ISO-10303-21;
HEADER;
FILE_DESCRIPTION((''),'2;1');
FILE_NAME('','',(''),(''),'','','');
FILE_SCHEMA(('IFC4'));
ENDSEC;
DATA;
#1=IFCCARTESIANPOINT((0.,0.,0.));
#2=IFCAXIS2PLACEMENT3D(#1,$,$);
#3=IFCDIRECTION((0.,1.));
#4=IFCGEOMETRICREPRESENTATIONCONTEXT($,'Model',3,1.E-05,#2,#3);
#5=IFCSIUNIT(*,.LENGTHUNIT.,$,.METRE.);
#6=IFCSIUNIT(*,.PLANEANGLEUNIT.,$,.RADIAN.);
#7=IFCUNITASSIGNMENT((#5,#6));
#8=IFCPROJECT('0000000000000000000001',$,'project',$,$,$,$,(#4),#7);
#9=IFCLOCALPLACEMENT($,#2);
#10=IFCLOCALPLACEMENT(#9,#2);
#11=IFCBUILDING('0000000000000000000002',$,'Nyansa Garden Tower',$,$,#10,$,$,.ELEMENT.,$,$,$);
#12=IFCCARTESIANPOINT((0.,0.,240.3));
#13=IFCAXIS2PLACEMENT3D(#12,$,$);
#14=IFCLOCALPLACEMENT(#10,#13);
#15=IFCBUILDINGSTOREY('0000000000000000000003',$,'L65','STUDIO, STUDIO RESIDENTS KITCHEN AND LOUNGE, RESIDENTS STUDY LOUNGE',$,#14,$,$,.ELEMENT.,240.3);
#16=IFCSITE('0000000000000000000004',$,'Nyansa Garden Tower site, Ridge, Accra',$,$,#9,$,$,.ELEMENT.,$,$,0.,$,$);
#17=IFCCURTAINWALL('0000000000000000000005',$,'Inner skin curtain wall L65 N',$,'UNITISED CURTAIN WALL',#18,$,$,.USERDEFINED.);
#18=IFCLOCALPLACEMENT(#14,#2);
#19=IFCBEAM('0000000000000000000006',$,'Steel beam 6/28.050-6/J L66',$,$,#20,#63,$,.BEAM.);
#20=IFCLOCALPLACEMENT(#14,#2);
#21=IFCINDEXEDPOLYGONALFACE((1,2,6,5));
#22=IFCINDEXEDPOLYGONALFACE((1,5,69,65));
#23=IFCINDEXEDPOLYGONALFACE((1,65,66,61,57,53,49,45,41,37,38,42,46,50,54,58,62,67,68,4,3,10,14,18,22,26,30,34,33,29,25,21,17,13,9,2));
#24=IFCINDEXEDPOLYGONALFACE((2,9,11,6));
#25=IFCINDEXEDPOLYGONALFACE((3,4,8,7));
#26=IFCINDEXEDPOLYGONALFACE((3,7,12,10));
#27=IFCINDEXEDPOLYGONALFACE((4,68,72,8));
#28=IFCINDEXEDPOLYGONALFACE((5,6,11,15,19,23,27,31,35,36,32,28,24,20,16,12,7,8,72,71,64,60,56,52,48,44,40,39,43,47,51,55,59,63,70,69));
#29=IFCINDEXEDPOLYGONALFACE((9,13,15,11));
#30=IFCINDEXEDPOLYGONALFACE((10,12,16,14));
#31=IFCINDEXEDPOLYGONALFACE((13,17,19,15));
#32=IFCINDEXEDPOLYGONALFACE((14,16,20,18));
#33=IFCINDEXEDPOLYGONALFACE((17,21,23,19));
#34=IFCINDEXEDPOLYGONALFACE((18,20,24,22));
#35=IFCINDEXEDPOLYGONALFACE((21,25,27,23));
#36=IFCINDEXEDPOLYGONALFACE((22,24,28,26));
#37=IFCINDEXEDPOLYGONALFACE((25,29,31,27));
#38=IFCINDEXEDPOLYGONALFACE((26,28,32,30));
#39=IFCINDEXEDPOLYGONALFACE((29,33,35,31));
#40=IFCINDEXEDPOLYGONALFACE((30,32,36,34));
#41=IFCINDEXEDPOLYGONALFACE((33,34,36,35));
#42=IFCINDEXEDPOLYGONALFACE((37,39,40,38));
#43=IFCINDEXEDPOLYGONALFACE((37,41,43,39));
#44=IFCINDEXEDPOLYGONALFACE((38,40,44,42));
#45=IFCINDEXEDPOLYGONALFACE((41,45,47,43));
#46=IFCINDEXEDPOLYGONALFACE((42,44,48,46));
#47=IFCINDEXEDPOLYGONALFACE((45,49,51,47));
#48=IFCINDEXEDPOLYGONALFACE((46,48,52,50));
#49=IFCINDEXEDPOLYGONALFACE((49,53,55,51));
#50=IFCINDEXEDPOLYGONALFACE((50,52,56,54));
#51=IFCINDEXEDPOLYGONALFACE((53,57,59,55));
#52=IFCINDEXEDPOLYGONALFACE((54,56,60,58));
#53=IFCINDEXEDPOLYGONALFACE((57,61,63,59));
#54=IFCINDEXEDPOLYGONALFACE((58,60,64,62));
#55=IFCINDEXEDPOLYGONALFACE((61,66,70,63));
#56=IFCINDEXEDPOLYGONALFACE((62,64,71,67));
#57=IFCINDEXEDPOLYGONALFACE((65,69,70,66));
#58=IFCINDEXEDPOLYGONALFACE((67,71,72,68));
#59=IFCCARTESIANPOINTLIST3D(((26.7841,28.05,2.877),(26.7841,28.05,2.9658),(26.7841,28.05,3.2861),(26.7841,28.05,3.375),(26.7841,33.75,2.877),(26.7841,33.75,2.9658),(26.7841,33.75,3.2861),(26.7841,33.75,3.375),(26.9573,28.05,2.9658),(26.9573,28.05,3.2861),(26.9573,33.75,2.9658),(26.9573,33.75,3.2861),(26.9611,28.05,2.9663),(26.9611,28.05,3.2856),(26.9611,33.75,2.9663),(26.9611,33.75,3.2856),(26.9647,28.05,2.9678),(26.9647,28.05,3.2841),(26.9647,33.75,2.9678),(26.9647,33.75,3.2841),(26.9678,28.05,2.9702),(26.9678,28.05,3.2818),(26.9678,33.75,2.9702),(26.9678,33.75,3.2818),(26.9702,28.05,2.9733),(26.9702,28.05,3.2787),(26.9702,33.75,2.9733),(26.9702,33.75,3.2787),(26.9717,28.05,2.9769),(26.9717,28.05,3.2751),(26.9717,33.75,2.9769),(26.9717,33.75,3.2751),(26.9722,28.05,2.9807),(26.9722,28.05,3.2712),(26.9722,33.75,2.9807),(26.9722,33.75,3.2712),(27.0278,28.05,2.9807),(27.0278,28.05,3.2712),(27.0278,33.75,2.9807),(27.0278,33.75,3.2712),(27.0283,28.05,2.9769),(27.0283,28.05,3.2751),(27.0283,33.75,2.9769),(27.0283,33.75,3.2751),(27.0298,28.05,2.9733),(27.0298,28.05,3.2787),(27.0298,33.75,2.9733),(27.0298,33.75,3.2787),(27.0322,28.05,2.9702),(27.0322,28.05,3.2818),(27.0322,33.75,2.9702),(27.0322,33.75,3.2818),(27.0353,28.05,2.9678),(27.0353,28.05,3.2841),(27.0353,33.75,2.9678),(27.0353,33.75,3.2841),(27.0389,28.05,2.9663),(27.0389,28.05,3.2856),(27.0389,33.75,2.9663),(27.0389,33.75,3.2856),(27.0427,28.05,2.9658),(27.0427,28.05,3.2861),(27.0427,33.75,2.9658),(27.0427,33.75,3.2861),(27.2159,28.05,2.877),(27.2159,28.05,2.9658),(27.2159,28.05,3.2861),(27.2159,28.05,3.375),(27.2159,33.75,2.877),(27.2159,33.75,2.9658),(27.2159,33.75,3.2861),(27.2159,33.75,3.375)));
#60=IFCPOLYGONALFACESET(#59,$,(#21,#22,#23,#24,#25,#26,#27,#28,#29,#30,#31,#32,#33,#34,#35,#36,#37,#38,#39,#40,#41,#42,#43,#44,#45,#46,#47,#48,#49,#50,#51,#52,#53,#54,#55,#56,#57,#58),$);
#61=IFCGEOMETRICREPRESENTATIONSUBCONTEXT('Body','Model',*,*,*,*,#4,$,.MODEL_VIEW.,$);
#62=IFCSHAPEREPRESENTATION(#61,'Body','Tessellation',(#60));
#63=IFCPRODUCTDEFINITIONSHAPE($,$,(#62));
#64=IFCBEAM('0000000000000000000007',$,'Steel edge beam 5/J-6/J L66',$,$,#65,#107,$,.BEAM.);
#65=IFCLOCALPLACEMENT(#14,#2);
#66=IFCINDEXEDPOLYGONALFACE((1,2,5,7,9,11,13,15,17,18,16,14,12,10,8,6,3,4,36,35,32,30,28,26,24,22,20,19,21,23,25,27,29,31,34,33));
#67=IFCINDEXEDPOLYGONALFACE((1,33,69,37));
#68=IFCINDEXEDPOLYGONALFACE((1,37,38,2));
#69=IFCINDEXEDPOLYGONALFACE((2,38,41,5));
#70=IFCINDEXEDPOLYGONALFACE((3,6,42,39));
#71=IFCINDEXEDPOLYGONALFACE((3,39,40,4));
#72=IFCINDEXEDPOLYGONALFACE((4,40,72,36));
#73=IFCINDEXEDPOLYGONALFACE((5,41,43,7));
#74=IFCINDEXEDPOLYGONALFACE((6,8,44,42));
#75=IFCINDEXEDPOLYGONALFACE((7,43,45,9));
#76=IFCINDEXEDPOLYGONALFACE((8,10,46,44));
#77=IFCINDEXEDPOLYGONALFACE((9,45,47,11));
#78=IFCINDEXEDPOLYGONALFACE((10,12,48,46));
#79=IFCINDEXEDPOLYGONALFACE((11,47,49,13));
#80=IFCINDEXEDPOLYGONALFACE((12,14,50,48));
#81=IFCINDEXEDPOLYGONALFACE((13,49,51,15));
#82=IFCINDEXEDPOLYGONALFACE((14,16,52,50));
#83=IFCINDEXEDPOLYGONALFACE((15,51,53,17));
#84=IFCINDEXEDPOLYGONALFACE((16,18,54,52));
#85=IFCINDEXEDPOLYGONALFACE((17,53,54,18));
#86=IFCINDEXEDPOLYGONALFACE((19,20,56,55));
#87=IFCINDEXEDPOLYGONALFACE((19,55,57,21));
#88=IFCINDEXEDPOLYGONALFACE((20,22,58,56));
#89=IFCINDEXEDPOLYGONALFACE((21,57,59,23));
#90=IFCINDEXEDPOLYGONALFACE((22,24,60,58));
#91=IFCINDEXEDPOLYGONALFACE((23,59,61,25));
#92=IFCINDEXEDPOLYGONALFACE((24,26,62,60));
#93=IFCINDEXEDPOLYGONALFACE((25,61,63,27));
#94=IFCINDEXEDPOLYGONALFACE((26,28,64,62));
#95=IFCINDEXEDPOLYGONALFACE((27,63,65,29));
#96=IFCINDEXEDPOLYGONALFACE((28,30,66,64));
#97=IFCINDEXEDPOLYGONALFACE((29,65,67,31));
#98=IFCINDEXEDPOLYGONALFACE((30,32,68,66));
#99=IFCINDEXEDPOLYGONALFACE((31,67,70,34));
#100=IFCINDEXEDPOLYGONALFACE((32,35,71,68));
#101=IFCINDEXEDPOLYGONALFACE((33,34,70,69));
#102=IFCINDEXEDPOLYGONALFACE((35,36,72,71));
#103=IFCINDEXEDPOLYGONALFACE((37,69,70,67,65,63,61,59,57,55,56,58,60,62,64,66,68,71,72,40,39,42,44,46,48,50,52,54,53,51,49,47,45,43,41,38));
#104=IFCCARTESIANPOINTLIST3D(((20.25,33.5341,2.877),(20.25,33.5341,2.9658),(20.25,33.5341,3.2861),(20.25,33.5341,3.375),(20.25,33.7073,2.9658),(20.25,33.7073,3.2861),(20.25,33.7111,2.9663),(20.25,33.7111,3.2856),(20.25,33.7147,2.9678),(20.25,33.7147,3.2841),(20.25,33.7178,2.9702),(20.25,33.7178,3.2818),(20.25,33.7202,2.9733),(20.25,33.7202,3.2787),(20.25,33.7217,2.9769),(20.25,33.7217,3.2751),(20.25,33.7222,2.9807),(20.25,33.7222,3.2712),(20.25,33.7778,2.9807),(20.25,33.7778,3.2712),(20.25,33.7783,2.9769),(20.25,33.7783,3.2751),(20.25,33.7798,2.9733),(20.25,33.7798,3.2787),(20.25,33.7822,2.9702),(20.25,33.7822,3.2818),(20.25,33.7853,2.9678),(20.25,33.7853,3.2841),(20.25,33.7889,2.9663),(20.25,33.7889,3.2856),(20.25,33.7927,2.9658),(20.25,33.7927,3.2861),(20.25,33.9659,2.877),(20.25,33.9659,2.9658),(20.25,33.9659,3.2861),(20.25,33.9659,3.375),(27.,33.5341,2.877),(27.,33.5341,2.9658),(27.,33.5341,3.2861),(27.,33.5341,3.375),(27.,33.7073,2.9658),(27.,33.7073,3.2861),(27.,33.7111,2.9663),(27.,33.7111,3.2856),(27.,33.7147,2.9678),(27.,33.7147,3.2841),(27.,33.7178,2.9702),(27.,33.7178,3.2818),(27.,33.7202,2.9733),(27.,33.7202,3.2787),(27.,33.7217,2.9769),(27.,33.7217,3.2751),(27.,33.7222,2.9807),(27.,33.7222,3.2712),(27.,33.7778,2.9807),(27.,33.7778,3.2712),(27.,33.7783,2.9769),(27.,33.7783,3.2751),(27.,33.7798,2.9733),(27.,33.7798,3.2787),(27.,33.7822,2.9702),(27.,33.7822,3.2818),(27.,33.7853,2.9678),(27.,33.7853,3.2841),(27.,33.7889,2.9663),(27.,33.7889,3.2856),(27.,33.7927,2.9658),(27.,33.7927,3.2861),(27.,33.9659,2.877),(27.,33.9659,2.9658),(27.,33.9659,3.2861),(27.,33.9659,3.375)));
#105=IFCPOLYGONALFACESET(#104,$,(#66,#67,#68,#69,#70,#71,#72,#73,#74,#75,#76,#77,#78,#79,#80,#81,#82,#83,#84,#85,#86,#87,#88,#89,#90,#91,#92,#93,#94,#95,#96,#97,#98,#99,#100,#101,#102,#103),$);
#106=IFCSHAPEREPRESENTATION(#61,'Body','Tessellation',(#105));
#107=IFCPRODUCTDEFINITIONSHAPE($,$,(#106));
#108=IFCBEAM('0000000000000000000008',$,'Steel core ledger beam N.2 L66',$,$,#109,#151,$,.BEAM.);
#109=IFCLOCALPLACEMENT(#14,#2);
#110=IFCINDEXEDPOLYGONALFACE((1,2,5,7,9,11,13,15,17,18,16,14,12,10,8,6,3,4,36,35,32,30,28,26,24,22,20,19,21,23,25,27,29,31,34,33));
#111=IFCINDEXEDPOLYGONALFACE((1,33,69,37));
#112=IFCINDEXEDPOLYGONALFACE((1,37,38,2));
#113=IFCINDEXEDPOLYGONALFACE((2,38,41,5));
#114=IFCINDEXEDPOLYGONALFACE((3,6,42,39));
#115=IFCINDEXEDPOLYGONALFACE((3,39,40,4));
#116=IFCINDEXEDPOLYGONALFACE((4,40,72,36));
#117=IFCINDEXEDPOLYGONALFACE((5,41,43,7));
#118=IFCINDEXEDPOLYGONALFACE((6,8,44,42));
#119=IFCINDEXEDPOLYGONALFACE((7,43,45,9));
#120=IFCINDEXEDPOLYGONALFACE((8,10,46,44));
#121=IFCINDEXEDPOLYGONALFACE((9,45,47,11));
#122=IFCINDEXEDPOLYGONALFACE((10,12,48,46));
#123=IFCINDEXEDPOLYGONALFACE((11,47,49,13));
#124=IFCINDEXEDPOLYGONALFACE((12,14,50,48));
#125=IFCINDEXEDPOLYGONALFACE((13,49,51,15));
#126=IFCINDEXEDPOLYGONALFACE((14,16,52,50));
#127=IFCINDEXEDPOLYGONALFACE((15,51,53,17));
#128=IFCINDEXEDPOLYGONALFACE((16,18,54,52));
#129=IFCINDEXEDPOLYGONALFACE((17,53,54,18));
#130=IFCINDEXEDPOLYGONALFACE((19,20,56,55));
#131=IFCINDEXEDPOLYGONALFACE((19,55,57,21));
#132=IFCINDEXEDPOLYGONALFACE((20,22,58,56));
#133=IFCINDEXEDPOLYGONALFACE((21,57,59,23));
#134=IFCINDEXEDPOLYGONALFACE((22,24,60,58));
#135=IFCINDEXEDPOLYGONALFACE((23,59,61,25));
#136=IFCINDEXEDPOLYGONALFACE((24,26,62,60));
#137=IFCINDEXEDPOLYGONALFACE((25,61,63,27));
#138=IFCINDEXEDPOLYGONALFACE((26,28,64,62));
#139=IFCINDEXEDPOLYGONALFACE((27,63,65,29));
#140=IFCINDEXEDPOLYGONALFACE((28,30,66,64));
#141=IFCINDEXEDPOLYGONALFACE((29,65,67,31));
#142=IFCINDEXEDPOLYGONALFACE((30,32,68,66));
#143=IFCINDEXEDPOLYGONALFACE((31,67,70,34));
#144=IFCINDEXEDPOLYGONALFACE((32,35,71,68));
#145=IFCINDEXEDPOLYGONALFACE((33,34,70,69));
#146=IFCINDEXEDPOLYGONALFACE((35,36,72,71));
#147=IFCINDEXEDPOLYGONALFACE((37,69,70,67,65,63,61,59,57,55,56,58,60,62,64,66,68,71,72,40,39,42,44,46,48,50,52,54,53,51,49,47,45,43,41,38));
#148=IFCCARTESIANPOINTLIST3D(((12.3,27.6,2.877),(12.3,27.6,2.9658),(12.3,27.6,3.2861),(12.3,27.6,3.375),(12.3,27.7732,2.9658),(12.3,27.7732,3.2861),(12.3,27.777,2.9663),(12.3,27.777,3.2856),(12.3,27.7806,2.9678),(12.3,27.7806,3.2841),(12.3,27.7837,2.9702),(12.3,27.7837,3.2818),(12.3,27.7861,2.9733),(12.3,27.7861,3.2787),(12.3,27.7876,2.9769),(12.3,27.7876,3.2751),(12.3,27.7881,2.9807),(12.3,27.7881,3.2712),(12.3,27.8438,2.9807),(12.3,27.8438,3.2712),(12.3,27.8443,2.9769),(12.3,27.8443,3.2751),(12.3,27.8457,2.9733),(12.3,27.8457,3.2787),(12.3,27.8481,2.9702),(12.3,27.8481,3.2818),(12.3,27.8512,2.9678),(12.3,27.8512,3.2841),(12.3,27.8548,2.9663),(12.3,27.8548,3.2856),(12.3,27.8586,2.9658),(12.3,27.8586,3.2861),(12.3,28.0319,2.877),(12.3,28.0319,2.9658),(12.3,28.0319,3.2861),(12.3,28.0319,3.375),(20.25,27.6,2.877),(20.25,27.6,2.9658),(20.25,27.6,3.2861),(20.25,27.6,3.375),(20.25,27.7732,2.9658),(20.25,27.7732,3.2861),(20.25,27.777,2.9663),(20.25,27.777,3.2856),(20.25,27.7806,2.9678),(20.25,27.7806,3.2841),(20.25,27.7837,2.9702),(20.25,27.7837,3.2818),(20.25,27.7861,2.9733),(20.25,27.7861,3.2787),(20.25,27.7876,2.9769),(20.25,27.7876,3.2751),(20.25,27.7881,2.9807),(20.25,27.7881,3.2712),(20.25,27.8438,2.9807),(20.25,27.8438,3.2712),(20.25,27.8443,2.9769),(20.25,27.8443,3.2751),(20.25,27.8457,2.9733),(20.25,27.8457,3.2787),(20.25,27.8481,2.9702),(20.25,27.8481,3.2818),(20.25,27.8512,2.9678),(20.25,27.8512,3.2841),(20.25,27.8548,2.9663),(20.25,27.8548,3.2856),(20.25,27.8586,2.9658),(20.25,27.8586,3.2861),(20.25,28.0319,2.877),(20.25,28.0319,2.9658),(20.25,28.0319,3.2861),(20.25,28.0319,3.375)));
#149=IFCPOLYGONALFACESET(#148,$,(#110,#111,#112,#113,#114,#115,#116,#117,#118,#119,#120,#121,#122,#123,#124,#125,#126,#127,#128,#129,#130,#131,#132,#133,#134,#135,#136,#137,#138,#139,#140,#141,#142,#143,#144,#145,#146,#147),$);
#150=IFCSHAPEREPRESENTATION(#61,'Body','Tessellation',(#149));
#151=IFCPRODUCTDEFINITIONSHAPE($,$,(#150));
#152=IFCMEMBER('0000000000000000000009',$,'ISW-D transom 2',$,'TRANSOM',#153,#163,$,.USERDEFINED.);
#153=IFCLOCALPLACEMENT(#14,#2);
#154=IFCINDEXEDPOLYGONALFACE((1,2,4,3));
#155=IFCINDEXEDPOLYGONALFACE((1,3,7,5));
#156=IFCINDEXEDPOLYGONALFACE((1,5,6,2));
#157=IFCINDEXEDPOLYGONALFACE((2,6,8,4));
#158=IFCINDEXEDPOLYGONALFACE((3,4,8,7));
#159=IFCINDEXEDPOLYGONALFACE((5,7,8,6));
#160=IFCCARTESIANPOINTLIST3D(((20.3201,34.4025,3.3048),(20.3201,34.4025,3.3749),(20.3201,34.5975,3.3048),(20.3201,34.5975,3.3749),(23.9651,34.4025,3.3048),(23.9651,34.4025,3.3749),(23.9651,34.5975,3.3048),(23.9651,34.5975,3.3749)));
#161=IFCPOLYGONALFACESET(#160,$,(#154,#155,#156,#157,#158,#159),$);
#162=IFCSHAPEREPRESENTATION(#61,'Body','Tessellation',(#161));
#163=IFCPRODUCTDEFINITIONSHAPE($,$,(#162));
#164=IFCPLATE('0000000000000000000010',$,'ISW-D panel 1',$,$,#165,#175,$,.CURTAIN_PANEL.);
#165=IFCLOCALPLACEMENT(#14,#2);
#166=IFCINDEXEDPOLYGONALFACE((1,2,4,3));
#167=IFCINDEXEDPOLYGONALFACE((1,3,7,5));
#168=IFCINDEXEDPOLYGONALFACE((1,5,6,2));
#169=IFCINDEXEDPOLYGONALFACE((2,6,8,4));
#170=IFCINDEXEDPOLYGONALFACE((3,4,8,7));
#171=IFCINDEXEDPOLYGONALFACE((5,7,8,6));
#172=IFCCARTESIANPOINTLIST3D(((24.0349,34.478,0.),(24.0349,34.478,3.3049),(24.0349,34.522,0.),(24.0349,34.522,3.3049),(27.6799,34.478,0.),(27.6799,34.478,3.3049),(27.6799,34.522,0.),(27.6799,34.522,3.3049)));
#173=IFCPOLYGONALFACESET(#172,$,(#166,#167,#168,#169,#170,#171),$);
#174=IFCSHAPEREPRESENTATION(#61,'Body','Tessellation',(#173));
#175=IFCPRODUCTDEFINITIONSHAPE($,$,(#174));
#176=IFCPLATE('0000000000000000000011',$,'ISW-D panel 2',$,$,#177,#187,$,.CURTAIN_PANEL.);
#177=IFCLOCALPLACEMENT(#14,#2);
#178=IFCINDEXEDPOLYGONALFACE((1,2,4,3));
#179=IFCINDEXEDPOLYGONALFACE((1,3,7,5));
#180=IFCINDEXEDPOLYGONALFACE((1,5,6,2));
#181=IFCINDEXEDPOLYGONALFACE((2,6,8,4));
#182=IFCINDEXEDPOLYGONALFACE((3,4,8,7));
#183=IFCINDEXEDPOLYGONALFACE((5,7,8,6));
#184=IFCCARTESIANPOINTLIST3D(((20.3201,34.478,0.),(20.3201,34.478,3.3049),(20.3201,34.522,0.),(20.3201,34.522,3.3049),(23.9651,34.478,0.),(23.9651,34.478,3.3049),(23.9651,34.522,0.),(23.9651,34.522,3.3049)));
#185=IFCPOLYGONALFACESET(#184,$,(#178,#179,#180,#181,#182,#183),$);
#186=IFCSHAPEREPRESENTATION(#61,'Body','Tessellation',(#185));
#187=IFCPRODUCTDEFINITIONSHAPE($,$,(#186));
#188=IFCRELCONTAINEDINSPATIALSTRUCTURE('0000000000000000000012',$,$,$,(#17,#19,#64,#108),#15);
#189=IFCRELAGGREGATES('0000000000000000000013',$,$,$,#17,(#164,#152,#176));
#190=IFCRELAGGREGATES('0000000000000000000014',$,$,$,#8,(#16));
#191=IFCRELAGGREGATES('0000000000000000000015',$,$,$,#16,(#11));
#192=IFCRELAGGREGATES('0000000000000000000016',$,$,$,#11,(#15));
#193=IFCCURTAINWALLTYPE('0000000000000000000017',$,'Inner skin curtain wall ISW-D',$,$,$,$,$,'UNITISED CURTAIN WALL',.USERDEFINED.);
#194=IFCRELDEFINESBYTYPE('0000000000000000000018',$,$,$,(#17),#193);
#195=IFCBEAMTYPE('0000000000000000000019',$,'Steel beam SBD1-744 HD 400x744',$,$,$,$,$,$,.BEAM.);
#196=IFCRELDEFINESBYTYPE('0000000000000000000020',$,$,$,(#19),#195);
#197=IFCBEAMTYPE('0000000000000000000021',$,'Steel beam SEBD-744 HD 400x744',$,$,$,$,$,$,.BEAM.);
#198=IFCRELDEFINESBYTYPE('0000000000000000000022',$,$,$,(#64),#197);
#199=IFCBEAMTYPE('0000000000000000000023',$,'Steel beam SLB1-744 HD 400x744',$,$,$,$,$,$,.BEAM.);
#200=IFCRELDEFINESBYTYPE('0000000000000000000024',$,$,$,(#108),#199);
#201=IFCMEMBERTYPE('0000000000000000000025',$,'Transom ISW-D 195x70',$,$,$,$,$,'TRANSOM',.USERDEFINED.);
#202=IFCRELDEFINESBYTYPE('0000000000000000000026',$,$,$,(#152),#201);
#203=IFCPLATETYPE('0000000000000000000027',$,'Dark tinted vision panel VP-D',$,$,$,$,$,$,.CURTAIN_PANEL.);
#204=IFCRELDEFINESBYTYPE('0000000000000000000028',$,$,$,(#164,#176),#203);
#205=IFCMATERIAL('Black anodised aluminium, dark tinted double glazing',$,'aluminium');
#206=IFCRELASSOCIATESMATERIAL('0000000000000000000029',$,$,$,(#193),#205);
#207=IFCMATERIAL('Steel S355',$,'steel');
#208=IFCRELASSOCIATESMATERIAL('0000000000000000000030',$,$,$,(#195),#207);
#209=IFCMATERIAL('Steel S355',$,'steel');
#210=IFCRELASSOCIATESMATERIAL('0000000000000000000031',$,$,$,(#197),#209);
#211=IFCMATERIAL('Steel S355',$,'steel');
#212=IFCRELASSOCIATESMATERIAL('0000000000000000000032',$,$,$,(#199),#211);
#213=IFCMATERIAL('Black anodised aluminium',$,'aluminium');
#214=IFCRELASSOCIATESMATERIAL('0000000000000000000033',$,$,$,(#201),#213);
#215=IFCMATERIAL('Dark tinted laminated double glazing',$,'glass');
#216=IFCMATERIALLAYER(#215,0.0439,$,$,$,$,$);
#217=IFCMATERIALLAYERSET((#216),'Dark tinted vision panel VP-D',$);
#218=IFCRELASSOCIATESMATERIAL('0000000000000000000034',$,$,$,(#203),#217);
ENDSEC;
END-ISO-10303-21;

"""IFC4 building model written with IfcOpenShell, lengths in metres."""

from ifc_helpers import new_model, si_unit, direction, frame, origin, origin_2d, place, context, subcontext, project, spatial, rectangle, i_section, extrude, material, layer, layer_set, material_profile, profile_set, type_object, element, aggregate, save


model = new_model("IFC4")

# Units and contexts
model_context = context("Model", 3, precision=1e-05, world=origin(), true_north=direction((0.0, 1.0)))
body_context = subcontext(model_context, "Body", "Model", "MODEL_VIEW")
ifc_project = project(units=[si_unit("LENGTHUNIT", "METRE"), si_unit("PLANEANGLEUNIT", "RADIAN")], contexts=[model_context])

# Site, building, storey
site_placement = place(None, origin())
site = spatial("IfcSite", under=ifc_project, at=site_placement, Name="Nyansa Garden Tower site, Ridge, Accra", CompositionType="ELEMENT", RefElevation=0.0)
building_placement = place(site_placement, origin())
building = spatial("IfcBuilding", under=site, at=building_placement, Name="Nyansa Garden Tower", CompositionType="ELEMENT")
storey_placement = place(building_placement, frame((0.0, 0.0, 240.3)))
storey = spatial("IfcBuildingStorey", under=building, at=storey_placement, Name="L65", Description="STUDIO, STUDIO RESIDENTS KITCHEN AND LOUNGE, RESIDENTS STUDY LOUNGE", CompositionType="ELEMENT", Elevation=240.3)

# Curtain wall
ifc_material_1 = material(Name="Black anodised aluminium, dark tinted double glazing", Category="aluminium")
curtain_wall_type = type_object("IfcCurtainWallType", Name="Inner skin curtain wall ISW-D", ElementType="UNITISED CURTAIN WALL", PredefinedType="USERDEFINED", material=ifc_material_1)
curtain_wall_placement = place(storey_placement, origin())
curtain_wall = element("IfcCurtainWall", 1, at=curtain_wall_placement, inside=storey, type_object=curtain_wall_type, Name="Inner skin curtain wall L65 N", ObjectType="UNITISED CURTAIN WALL", PredefinedType="USERDEFINED")

# Beams
ifc_material_2 = material(Name="Steel S355", Category="steel")
ifc_material_profile_1 = material_profile(ifc_material_2, i_section(OverallWidth=0.4319, OverallDepth=0.498, WebThickness=0.0557, FlangeThickness=0.0889, FilletRadius=0.0149, at=origin_2d()), Name="HD 400x744")
ifc_profile_set_1 = profile_set([ifc_material_profile_1], Name="Steel S355")
beam_type_1 = type_object("IfcBeamType", Name="Steel beam SBD1-744 HD 400x744", PredefinedType="BEAM", material=ifc_profile_set_1)
for number, where, z_axis, x_axis, name in (
    (2, (27.0, 28.05, 3.126), (0.0, 1.0, 0.0), (-1.0, 0.0, 0.0), "Steel beam 6/28.050-6/J L66"),
):
    element("IfcBeam", number, at=place(storey_placement, frame(where, z_axis=z_axis, x_axis=x_axis)), inside=storey, type_object=beam_type_1, Name=name, PredefinedType="BEAM", context=body_context, shape_type="SweptSolid", body=[
        extrude(i_section(OverallWidth=0.4319, OverallDepth=0.498, WebThickness=0.0557, FlangeThickness=0.0889, FilletRadius=0.0149, at=origin_2d()), origin(), (0.0, 0.0, 1.0), 5.7),
    ])
ifc_material_3 = material(Name="Steel S355", Category="steel")
ifc_material_profile_2 = material_profile(ifc_material_3, i_section(OverallWidth=0.4319, OverallDepth=0.498, WebThickness=0.0557, FlangeThickness=0.0889, FilletRadius=0.0149, at=origin_2d()), Name="HD 400x744")
ifc_profile_set_2 = profile_set([ifc_material_profile_2], Name="Steel S355")
beam_type_2 = type_object("IfcBeamType", Name="Steel beam SEBD-744 HD 400x744", PredefinedType="BEAM", material=ifc_profile_set_2)
beam_1_placement = place(storey_placement, frame((20.25, 33.75, 3.126), z_axis=(1.0, 0.0, 0.0), x_axis=(0.0, 1.0, 0.0)))
element("IfcBeam", 3, at=beam_1_placement, inside=storey, type_object=beam_type_2, Name="Steel edge beam 5/J-6/J L66", PredefinedType="BEAM", context=body_context, shape_type="SweptSolid", body=[
    extrude(i_section(OverallWidth=0.4319, OverallDepth=0.498, WebThickness=0.0557, FlangeThickness=0.0889, FilletRadius=0.0149, at=origin_2d()), origin(), (0.0, 0.0, 1.0), 6.75),
])
ifc_material_4 = material(Name="Steel S355", Category="steel")
ifc_material_profile_3 = material_profile(ifc_material_4, i_section(OverallWidth=0.4319, OverallDepth=0.498, WebThickness=0.0557, FlangeThickness=0.0889, FilletRadius=0.0149, at=origin_2d()), Name="HD 400x744")
ifc_profile_set_3 = profile_set([ifc_material_profile_3], Name="Steel S355")
beam_type_3 = type_object("IfcBeamType", Name="Steel beam SLB1-744 HD 400x744", PredefinedType="BEAM", material=ifc_profile_set_3)
beam_2_placement = place(storey_placement, frame((20.25, 27.8159, 3.126), z_axis=(-1.0, 0.0, 0.0), x_axis=(0.0, -1.0, 0.0)))
element("IfcBeam", 4, at=beam_2_placement, inside=storey, type_object=beam_type_3, Name="Steel core ledger beam N.2 L66", PredefinedType="BEAM", context=body_context, shape_type="SweptSolid", body=[
    extrude(i_section(OverallWidth=0.4319, OverallDepth=0.498, WebThickness=0.0557, FlangeThickness=0.0889, FilletRadius=0.0149, at=origin_2d()), origin(), (0.0, 0.0, 1.0), 7.95),
])

# Member
ifc_material_5 = material(Name="Black anodised aluminium", Category="aluminium")
ifc_material_profile_4 = material_profile(ifc_material_5, rectangle(XDim=0.1951, YDim=0.0701, at=origin_2d()), Name="Transom 195x70")
ifc_profile_set_4 = profile_set([ifc_material_profile_4], Name="Black anodised aluminium")
member_type_1 = type_object("IfcMemberType", Name="Transom ISW-D 195x70", ElementType="TRANSOM", PredefinedType="USERDEFINED", material=ifc_profile_set_4)
member_1_placement = place(storey_placement, frame((23.9651, 34.5, 3.3398), z_axis=(-1.0, 0.0, 0.0), x_axis=(0.0, -1.0, 0.0)))
member_1 = element("IfcMember", 5, at=member_1_placement, type_object=member_type_1, Name="ISW-D transom 2", ObjectType="TRANSOM", PredefinedType="USERDEFINED", context=body_context, shape_type="SweptSolid", body=[
    extrude(rectangle(XDim=0.1951, YDim=0.0701, at=origin_2d()), origin(), (0.0, 0.0, 1.0), 3.645),
])

# Plates
ifc_material_6 = material(Name="Dark tinted laminated double glazing", Category="glass")
ifc_layer_1 = layer(ifc_material_6, 0.0439)
ifc_layer_set_1 = layer_set([ifc_layer_1], Name="Dark tinted vision panel VP-D")
plate_type = type_object("IfcPlateType", Name="Dark tinted vision panel VP-D", PredefinedType="CURTAIN_PANEL", material=ifc_layer_set_1)
plate_1_placement = place(storey_placement, frame((25.8574, 34.5, 0.0), z_axis=(0.0, 0.0, 1.0), x_axis=(-1.0, 0.0, 0.0)))
plate_1 = element("IfcPlate", 6, at=plate_1_placement, type_object=plate_type, Name="ISW-D panel 1", PredefinedType="CURTAIN_PANEL", context=body_context, shape_type="SweptSolid", body=[
    extrude(rectangle(XDim=3.645, YDim=0.0439, at=origin_2d()), origin(), (0.0, 0.0, 1.0), 3.3049),
])
plate_2_placement = place(storey_placement, frame((22.1426, 34.5, 0.0), z_axis=(0.0, 0.0, 1.0), x_axis=(-1.0, 0.0, 0.0)))
plate_2 = element("IfcPlate", 7, at=plate_2_placement, type_object=plate_type, Name="ISW-D panel 2", PredefinedType="CURTAIN_PANEL", context=body_context, shape_type="SweptSolid", body=[
    extrude(rectangle(XDim=3.645, YDim=0.0439, at=origin_2d()), origin(), (0.0, 0.0, 1.0), 3.3049),
])
aggregate(curtain_wall, [plate_1, member_1, plate_2])

save(model, "model.ifc")
